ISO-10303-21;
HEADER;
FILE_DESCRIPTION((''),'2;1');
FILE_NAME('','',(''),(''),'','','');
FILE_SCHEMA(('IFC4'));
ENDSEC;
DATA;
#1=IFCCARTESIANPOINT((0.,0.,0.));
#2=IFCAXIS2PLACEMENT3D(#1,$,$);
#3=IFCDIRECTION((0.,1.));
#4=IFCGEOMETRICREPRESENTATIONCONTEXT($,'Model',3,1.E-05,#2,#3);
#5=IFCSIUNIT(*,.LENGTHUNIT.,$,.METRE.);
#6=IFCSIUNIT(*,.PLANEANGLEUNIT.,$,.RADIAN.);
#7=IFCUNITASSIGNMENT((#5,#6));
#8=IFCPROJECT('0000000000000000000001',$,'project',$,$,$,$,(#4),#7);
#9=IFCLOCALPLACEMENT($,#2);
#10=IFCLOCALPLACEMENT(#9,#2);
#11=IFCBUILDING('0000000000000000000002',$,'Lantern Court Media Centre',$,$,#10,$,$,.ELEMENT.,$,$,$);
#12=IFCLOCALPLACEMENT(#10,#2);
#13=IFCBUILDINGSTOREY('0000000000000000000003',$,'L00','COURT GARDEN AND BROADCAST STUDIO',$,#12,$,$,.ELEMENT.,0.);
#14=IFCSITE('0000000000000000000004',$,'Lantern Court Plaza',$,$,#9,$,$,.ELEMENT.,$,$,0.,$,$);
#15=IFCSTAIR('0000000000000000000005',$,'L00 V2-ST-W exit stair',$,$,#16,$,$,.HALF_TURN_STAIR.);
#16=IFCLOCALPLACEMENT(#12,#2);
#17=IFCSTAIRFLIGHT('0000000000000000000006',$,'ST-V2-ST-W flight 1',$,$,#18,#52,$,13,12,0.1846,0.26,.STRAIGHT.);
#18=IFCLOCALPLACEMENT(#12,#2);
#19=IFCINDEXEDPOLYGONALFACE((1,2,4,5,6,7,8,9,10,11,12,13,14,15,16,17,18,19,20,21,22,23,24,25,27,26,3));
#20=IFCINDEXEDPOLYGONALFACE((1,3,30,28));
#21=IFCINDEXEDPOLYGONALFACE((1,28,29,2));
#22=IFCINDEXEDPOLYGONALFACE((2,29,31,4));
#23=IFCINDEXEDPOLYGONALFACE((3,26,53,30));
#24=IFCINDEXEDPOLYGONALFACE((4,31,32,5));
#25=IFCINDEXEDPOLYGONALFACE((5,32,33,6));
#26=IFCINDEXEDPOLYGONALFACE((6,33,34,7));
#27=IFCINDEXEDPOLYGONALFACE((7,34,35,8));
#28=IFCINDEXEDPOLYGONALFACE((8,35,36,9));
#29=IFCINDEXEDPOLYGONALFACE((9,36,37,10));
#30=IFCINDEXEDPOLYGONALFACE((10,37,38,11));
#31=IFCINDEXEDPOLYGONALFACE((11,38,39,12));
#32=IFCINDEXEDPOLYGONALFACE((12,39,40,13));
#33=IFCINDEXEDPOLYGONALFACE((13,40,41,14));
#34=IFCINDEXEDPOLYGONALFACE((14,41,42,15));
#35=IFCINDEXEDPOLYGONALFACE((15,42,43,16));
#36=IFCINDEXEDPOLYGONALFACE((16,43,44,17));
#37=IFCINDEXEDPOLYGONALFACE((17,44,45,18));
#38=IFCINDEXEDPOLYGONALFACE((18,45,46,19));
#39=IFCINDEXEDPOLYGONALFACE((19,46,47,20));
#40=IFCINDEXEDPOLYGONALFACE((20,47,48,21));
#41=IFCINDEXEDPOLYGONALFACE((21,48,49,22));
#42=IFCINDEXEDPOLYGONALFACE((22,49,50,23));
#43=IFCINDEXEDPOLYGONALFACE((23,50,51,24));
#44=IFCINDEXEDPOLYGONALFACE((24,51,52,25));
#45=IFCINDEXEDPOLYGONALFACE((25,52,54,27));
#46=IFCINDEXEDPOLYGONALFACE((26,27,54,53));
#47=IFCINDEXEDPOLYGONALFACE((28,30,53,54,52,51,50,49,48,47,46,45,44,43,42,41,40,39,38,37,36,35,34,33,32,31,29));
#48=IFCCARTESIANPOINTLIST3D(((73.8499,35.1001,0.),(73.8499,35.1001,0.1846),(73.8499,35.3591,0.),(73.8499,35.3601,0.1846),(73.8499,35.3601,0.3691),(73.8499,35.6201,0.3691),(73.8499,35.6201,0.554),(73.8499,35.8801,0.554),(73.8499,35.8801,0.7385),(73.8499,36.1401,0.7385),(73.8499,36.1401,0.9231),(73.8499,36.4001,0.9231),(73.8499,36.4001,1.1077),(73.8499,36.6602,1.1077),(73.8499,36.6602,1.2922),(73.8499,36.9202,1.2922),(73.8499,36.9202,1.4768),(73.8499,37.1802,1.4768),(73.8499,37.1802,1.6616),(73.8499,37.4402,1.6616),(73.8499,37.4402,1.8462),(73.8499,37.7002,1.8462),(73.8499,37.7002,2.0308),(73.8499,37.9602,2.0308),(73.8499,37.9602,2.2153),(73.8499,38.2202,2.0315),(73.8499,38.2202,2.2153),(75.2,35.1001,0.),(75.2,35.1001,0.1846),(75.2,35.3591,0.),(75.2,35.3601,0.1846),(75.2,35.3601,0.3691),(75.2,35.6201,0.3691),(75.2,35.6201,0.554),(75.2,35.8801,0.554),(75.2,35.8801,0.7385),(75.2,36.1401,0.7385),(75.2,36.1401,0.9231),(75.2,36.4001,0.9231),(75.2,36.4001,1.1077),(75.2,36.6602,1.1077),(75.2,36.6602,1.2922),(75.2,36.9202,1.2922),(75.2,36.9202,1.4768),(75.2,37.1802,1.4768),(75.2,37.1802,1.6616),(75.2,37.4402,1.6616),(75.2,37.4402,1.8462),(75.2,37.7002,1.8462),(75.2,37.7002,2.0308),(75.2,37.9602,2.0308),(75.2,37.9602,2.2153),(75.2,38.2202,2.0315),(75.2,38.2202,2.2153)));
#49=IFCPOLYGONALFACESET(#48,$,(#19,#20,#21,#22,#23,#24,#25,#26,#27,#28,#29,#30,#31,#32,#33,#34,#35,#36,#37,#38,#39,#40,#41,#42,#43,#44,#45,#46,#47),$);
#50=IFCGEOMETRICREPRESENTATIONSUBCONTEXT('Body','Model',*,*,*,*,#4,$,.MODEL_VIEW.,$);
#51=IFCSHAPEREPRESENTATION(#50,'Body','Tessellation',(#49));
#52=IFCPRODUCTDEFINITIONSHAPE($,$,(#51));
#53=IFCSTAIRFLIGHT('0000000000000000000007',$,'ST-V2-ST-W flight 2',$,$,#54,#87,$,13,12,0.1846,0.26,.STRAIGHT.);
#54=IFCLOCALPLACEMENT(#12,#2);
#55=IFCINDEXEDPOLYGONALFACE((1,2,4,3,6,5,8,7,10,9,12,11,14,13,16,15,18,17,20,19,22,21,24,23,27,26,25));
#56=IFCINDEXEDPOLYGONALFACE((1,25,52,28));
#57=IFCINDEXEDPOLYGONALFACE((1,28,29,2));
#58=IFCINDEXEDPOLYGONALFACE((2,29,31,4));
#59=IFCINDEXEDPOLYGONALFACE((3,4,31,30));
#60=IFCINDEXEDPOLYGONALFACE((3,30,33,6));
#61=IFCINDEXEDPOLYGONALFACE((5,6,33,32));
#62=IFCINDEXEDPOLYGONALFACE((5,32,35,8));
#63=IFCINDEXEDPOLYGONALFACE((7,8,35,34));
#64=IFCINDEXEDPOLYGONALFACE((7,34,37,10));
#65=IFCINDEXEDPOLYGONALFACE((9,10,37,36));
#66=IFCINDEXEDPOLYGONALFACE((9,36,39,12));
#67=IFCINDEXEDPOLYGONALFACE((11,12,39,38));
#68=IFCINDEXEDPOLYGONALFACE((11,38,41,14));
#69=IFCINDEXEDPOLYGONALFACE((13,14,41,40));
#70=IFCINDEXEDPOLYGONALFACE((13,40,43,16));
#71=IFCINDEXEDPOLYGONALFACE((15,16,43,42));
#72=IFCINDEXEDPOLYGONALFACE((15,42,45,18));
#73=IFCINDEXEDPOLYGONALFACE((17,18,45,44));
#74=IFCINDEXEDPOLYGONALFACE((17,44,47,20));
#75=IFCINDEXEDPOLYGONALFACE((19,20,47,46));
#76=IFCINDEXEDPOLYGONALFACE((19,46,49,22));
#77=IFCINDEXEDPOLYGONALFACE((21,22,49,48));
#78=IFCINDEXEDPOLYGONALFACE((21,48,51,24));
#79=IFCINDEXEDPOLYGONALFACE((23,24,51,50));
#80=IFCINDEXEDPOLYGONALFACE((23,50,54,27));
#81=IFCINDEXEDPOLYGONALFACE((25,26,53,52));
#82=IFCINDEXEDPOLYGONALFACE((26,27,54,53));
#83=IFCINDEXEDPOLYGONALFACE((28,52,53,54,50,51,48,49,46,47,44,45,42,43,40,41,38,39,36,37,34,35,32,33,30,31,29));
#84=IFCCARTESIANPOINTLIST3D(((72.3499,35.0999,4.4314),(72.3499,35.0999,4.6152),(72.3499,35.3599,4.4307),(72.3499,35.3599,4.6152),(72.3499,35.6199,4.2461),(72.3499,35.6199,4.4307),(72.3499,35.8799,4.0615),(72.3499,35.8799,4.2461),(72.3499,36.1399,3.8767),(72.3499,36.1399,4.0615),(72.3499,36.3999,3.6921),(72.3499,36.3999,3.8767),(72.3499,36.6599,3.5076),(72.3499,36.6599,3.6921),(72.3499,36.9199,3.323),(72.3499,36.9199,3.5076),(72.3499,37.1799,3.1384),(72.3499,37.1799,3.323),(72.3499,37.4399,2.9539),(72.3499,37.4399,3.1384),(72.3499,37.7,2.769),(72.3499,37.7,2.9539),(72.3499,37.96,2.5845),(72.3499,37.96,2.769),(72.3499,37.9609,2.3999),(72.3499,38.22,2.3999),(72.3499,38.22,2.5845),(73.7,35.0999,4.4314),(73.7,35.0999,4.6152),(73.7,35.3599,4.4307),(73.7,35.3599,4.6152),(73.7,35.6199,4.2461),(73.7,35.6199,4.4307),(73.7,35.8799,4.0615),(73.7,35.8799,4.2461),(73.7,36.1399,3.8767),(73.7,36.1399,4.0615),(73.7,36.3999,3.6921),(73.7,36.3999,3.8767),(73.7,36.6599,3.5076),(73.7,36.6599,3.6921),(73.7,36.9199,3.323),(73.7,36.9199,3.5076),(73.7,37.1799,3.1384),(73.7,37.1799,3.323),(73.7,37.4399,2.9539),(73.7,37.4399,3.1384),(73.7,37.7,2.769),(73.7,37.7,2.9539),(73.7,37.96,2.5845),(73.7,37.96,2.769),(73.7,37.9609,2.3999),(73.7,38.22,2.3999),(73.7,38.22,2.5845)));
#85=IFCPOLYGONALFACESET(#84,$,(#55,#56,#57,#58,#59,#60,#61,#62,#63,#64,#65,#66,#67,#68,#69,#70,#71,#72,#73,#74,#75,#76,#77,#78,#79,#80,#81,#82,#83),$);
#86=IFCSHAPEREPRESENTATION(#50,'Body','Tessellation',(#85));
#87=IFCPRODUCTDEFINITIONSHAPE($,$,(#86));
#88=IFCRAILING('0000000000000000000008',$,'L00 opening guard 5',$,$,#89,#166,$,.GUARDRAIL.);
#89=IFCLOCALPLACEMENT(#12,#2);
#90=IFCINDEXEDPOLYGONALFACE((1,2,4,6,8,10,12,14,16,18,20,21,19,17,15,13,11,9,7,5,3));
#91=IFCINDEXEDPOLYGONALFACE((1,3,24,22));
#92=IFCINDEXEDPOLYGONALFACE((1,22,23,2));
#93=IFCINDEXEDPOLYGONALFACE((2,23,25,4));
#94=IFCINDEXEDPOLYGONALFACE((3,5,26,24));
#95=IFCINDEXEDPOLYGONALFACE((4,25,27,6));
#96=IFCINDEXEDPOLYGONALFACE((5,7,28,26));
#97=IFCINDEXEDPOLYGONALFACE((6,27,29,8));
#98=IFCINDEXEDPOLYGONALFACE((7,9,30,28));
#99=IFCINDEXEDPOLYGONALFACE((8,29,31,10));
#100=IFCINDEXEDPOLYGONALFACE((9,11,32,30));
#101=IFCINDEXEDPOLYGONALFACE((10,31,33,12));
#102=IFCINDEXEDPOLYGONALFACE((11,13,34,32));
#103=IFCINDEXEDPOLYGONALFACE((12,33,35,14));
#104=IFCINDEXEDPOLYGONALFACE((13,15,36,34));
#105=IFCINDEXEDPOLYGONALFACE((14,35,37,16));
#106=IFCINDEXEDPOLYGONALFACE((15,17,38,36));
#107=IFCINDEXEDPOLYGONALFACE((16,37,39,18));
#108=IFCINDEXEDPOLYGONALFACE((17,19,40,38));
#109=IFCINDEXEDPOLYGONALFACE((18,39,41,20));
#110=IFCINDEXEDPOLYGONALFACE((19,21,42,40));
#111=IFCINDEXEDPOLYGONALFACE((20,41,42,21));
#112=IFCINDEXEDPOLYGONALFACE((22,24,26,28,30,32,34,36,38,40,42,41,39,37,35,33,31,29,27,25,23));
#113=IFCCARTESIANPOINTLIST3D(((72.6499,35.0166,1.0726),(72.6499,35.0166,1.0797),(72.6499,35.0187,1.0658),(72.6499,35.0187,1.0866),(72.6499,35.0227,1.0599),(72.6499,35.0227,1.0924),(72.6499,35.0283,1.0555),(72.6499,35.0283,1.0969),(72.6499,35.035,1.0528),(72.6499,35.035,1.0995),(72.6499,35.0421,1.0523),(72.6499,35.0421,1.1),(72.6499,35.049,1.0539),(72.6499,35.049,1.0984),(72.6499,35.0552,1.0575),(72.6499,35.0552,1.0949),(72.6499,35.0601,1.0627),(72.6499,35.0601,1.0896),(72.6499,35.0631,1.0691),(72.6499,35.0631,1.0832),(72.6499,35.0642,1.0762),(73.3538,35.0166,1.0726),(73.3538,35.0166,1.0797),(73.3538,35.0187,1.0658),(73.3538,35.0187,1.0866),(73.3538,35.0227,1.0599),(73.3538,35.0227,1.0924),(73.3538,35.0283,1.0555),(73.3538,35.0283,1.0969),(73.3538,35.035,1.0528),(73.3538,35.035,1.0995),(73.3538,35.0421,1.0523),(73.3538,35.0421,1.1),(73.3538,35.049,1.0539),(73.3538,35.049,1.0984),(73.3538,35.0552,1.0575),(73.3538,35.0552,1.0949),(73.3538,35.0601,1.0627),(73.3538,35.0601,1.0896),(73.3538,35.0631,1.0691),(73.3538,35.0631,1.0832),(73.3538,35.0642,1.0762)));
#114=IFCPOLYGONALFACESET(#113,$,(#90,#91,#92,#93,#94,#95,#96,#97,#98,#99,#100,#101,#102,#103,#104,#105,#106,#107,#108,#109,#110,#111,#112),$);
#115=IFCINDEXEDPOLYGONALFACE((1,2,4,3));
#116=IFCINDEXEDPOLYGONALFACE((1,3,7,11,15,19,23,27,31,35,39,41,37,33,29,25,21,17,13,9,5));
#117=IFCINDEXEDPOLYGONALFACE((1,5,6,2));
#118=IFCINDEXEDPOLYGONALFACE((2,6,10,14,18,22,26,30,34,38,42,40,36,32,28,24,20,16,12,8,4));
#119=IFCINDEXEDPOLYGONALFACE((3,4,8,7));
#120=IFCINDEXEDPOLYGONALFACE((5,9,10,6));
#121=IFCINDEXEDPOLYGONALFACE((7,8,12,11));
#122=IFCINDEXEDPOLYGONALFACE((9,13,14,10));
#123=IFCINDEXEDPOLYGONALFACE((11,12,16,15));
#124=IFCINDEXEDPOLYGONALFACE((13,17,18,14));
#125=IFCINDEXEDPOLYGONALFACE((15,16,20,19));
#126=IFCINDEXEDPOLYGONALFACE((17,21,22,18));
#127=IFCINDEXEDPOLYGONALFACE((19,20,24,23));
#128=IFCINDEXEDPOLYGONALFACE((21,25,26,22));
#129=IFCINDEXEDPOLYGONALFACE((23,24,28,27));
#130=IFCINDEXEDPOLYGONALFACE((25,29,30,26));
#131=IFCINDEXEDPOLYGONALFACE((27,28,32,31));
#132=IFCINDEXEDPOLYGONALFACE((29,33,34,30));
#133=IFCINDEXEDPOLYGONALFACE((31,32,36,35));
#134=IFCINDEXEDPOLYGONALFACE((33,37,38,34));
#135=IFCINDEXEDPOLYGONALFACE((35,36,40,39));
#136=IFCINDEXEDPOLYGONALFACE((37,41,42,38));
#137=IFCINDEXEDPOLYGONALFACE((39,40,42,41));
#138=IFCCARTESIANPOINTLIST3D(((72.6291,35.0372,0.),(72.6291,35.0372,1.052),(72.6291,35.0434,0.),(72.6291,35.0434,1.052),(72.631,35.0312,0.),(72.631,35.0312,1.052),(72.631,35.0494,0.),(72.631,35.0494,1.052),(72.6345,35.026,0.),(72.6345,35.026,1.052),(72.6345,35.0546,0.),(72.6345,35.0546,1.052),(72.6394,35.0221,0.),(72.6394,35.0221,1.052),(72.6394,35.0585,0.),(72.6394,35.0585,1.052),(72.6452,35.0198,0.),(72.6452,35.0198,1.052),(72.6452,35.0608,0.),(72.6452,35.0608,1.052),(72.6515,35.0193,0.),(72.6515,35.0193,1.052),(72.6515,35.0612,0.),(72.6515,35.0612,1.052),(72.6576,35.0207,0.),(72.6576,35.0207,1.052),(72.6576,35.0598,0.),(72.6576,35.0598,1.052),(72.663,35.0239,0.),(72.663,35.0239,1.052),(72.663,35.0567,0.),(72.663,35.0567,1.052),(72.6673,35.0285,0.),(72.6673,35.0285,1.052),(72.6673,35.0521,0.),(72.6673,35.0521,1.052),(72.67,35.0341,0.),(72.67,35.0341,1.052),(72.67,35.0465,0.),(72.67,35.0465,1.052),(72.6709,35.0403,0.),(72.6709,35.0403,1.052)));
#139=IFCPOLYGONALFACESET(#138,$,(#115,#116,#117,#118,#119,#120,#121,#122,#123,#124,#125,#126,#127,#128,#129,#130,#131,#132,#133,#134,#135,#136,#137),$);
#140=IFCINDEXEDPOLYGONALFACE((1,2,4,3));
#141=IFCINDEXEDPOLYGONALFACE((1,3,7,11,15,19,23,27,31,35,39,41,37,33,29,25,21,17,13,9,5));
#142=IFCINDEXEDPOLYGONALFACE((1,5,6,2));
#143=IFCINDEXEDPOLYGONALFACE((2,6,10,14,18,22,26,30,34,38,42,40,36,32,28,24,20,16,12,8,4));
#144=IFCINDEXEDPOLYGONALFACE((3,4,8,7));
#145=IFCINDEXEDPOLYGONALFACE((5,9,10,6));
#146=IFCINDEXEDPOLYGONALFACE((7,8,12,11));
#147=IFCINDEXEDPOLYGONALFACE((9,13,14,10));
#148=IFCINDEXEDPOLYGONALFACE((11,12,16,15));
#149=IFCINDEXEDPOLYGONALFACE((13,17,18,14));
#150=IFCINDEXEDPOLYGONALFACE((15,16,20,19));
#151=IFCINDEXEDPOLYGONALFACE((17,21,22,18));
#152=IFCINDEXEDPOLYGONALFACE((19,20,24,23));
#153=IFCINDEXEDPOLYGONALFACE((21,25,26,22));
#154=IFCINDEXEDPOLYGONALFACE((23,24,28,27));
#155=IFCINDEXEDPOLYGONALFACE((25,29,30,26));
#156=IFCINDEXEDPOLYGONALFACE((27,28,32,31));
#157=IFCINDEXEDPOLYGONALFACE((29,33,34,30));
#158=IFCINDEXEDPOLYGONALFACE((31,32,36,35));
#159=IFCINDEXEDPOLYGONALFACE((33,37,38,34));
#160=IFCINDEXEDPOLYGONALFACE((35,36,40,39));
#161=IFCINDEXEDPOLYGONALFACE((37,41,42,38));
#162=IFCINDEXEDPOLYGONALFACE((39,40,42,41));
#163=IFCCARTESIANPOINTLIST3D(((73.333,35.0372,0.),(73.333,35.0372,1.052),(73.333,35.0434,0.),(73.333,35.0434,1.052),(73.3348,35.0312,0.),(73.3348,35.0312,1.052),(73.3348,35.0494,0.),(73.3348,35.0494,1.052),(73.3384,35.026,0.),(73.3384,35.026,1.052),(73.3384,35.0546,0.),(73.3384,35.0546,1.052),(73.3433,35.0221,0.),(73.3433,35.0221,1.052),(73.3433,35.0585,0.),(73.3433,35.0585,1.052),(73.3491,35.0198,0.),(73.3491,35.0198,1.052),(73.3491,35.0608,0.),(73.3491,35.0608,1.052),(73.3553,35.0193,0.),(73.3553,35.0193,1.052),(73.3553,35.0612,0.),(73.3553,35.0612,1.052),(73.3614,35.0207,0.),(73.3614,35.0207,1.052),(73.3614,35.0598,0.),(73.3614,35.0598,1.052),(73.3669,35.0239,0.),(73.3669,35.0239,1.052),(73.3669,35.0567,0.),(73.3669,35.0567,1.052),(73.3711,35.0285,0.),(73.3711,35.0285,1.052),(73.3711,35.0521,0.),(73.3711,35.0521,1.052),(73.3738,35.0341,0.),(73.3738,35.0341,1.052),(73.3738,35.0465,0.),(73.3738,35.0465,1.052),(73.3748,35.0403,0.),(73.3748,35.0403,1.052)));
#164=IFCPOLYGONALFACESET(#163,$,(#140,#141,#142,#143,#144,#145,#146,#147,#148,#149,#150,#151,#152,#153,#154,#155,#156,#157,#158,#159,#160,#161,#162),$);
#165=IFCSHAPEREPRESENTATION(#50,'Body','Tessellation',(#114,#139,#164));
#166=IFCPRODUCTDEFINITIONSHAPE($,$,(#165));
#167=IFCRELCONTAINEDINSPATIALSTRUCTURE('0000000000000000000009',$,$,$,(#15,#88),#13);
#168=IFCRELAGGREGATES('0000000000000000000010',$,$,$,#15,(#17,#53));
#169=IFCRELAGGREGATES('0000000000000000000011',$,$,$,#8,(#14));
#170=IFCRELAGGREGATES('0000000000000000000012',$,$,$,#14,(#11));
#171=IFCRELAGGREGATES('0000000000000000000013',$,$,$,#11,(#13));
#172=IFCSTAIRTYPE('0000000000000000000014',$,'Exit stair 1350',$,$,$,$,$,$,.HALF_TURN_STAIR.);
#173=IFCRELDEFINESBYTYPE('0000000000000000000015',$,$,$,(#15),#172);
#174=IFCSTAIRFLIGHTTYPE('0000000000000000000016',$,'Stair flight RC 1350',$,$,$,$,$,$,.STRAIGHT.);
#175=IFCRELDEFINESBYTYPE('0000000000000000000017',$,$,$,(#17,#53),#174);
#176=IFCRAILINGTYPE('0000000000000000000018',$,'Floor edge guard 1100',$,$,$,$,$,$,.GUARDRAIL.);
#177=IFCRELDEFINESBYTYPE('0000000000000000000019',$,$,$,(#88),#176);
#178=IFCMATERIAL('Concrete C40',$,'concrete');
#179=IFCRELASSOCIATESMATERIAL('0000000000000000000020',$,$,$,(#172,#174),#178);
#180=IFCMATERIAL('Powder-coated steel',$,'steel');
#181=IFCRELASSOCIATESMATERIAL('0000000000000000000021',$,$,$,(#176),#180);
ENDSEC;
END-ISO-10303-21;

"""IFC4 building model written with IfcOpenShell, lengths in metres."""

from ifc_helpers import new_model, si_unit, direction, frame, origin, origin_2d, place, context, subcontext, project, spatial, polyline, circle, outline, extrude, material, type_object, element, aggregate, save


model = new_model("IFC4")

# Units and contexts
model_context = context("Model", 3, precision=1e-05, world=origin(), true_north=direction((0.0, 1.0)))
body_context = subcontext(model_context, "Body", "Model", "MODEL_VIEW")
ifc_project = project(units=[si_unit("LENGTHUNIT", "METRE"), si_unit("PLANEANGLEUNIT", "RADIAN")], contexts=[model_context])

# Site, building, storey
site_placement = place(None, origin())
site = spatial("IfcSite", under=ifc_project, at=site_placement, Name="Lantern Court Plaza", CompositionType="ELEMENT", RefElevation=0.0)
building_placement = place(site_placement, origin())
building = spatial("IfcBuilding", under=site, at=building_placement, Name="Lantern Court Media Centre", CompositionType="ELEMENT")
storey_placement = place(building_placement, origin())
storey = spatial("IfcBuildingStorey", under=building, at=storey_placement, Name="L00", Description="COURT GARDEN AND BROADCAST STUDIO", CompositionType="ELEMENT", Elevation=0.0)

# Shared definitions
ifc_material_1 = material(Name="Concrete C40", Category="concrete")

# Stair, stair flights
stair_type = type_object("IfcStairType", Name="Exit stair 1350", PredefinedType="HALF_TURN_STAIR", material=ifc_material_1)
stair_placement = place(storey_placement, origin())
stair = element("IfcStair", 1, at=stair_placement, inside=storey, type_object=stair_type, Name="L00 V2-ST-W exit stair", PredefinedType="HALF_TURN_STAIR")
stair_flight_type = type_object("IfcStairFlightType", Name="Stair flight RC 1350", PredefinedType="STRAIGHT", material=ifc_material_1)
stair_flight_1_placement = place(storey_placement, frame((74.5249, 35.1001, 0.0), z_axis=(0.0, 0.0, 1.0), x_axis=(0.0, 1.0, 0.0)))
stair_flight_1 = element("IfcStairFlight", 2, at=stair_flight_1_placement, type_object=stair_flight_type, Name="ST-V2-ST-W flight 1", NumberOfRisers=13, NumberOfTreads=12, PredefinedType="STRAIGHT", RiserHeight=0.1846, TreadLength=0.26, context=body_context, shape_type="SweptSolid", body=[
    extrude(outline(polyline([(0.0, 0.0), (0.0, 0.1846), (0.26, 0.1846), (0.26, 0.3691), (0.52, 0.3691), (0.52, 0.554), (0.78, 0.554), (0.78, 0.7385), (1.04, 0.7385), (1.04, 0.9231), (1.3, 0.9231), (1.3, 1.1077), (1.5601, 1.1077), (1.5601, 1.2922), (1.8201, 1.2922), (1.8201, 1.4768), (2.0801, 1.4768), (2.0801, 1.6616), (2.3401, 1.6616), (2.3401, 1.8462), (2.6001, 1.8462), (2.6001, 2.0308), (2.8601, 2.0308), (2.8601, 2.2153), (3.1201, 2.2153), (3.1201, 2.3999), (3.1201, 2.0315), (0.259, 0.0), (0.0, 0.0)])), frame((0.0, 0.675, 0.0), z_axis=(0.0, -1.0, 0.0), x_axis=(1.0, 0.0, 0.0)), (0.0, 0.0, 1.0), 1.3501),
])
stair_flight_2_placement = place(storey_placement, frame((73.0249, 38.22, 2.3999), z_axis=(0.0, 0.0, 1.0), x_axis=(0.0, -1.0, 0.0)))
stair_flight_2 = element("IfcStairFlight", 3, at=stair_flight_2_placement, type_object=stair_flight_type, Name="ST-V2-ST-W flight 2", NumberOfRisers=13, NumberOfTreads=12, PredefinedType="STRAIGHT", RiserHeight=0.1846, TreadLength=0.26, context=body_context, shape_type="SweptSolid", body=[
    extrude(outline(polyline([(0.0, 0.0), (0.0, 0.1846), (0.26, 0.1846), (0.26, 0.3691), (0.52, 0.3691), (0.52, 0.554), (0.78, 0.554), (0.78, 0.7385), (1.04, 0.7385), (1.04, 0.9231), (1.3, 0.9231), (1.3, 1.1077), (1.5601, 1.1077), (1.5601, 1.2922), (1.8201, 1.2922), (1.8201, 1.4768), (2.0801, 1.4768), (2.0801, 1.6616), (2.3401, 1.6616), (2.3401, 1.8462), (2.6001, 1.8462), (2.6001, 2.0308), (2.8601, 2.0308), (2.8601, 2.2153), (3.1201, 2.2153), (3.1201, 2.3999), (3.1201, 2.0315), (0.259, 0.0), (0.0, 0.0)])), frame((0.0, 0.675, 0.0), z_axis=(0.0, -1.0, 0.0), x_axis=(1.0, 0.0, 0.0)), (0.0, 0.0, 1.0), 1.3501),
])
aggregate(stair, [stair_flight_1, stair_flight_2])

# Railing
ifc_material_2 = material(Name="Powder-coated steel", Category="steel")
railing_type_1 = type_object("IfcRailingType", Name="Floor edge guard 1100", PredefinedType="GUARDRAIL", material=ifc_material_2)
railing_1_placement = place(storey_placement, frame((72.6499, 35.0403, 0.0)))
element("IfcRailing", 4, at=railing_1_placement, inside=storey, type_object=railing_type_1, Name="L00 opening guard 5", PredefinedType="GUARDRAIL", context=body_context, shape_type="SweptSolid", body=[
    extrude(circle(Radius=0.0239, at=origin_2d()), frame((0.0, 0.0, 1.0762), z_axis=(1.0, 0.0, 0.0), x_axis=(0.0, 1.0, 0.0)), (0.0, 0.0, 1.0), 0.7039),
    extrude(circle(Radius=0.021, at=origin_2d()), origin(), (0.0, 0.0, 1.0), 1.052),
    extrude(circle(Radius=0.021, at=origin_2d()), frame((0.7039, 0.0, 0.0)), (0.0, 0.0, 1.0), 1.052),
])

save(model, "model.ifc")
